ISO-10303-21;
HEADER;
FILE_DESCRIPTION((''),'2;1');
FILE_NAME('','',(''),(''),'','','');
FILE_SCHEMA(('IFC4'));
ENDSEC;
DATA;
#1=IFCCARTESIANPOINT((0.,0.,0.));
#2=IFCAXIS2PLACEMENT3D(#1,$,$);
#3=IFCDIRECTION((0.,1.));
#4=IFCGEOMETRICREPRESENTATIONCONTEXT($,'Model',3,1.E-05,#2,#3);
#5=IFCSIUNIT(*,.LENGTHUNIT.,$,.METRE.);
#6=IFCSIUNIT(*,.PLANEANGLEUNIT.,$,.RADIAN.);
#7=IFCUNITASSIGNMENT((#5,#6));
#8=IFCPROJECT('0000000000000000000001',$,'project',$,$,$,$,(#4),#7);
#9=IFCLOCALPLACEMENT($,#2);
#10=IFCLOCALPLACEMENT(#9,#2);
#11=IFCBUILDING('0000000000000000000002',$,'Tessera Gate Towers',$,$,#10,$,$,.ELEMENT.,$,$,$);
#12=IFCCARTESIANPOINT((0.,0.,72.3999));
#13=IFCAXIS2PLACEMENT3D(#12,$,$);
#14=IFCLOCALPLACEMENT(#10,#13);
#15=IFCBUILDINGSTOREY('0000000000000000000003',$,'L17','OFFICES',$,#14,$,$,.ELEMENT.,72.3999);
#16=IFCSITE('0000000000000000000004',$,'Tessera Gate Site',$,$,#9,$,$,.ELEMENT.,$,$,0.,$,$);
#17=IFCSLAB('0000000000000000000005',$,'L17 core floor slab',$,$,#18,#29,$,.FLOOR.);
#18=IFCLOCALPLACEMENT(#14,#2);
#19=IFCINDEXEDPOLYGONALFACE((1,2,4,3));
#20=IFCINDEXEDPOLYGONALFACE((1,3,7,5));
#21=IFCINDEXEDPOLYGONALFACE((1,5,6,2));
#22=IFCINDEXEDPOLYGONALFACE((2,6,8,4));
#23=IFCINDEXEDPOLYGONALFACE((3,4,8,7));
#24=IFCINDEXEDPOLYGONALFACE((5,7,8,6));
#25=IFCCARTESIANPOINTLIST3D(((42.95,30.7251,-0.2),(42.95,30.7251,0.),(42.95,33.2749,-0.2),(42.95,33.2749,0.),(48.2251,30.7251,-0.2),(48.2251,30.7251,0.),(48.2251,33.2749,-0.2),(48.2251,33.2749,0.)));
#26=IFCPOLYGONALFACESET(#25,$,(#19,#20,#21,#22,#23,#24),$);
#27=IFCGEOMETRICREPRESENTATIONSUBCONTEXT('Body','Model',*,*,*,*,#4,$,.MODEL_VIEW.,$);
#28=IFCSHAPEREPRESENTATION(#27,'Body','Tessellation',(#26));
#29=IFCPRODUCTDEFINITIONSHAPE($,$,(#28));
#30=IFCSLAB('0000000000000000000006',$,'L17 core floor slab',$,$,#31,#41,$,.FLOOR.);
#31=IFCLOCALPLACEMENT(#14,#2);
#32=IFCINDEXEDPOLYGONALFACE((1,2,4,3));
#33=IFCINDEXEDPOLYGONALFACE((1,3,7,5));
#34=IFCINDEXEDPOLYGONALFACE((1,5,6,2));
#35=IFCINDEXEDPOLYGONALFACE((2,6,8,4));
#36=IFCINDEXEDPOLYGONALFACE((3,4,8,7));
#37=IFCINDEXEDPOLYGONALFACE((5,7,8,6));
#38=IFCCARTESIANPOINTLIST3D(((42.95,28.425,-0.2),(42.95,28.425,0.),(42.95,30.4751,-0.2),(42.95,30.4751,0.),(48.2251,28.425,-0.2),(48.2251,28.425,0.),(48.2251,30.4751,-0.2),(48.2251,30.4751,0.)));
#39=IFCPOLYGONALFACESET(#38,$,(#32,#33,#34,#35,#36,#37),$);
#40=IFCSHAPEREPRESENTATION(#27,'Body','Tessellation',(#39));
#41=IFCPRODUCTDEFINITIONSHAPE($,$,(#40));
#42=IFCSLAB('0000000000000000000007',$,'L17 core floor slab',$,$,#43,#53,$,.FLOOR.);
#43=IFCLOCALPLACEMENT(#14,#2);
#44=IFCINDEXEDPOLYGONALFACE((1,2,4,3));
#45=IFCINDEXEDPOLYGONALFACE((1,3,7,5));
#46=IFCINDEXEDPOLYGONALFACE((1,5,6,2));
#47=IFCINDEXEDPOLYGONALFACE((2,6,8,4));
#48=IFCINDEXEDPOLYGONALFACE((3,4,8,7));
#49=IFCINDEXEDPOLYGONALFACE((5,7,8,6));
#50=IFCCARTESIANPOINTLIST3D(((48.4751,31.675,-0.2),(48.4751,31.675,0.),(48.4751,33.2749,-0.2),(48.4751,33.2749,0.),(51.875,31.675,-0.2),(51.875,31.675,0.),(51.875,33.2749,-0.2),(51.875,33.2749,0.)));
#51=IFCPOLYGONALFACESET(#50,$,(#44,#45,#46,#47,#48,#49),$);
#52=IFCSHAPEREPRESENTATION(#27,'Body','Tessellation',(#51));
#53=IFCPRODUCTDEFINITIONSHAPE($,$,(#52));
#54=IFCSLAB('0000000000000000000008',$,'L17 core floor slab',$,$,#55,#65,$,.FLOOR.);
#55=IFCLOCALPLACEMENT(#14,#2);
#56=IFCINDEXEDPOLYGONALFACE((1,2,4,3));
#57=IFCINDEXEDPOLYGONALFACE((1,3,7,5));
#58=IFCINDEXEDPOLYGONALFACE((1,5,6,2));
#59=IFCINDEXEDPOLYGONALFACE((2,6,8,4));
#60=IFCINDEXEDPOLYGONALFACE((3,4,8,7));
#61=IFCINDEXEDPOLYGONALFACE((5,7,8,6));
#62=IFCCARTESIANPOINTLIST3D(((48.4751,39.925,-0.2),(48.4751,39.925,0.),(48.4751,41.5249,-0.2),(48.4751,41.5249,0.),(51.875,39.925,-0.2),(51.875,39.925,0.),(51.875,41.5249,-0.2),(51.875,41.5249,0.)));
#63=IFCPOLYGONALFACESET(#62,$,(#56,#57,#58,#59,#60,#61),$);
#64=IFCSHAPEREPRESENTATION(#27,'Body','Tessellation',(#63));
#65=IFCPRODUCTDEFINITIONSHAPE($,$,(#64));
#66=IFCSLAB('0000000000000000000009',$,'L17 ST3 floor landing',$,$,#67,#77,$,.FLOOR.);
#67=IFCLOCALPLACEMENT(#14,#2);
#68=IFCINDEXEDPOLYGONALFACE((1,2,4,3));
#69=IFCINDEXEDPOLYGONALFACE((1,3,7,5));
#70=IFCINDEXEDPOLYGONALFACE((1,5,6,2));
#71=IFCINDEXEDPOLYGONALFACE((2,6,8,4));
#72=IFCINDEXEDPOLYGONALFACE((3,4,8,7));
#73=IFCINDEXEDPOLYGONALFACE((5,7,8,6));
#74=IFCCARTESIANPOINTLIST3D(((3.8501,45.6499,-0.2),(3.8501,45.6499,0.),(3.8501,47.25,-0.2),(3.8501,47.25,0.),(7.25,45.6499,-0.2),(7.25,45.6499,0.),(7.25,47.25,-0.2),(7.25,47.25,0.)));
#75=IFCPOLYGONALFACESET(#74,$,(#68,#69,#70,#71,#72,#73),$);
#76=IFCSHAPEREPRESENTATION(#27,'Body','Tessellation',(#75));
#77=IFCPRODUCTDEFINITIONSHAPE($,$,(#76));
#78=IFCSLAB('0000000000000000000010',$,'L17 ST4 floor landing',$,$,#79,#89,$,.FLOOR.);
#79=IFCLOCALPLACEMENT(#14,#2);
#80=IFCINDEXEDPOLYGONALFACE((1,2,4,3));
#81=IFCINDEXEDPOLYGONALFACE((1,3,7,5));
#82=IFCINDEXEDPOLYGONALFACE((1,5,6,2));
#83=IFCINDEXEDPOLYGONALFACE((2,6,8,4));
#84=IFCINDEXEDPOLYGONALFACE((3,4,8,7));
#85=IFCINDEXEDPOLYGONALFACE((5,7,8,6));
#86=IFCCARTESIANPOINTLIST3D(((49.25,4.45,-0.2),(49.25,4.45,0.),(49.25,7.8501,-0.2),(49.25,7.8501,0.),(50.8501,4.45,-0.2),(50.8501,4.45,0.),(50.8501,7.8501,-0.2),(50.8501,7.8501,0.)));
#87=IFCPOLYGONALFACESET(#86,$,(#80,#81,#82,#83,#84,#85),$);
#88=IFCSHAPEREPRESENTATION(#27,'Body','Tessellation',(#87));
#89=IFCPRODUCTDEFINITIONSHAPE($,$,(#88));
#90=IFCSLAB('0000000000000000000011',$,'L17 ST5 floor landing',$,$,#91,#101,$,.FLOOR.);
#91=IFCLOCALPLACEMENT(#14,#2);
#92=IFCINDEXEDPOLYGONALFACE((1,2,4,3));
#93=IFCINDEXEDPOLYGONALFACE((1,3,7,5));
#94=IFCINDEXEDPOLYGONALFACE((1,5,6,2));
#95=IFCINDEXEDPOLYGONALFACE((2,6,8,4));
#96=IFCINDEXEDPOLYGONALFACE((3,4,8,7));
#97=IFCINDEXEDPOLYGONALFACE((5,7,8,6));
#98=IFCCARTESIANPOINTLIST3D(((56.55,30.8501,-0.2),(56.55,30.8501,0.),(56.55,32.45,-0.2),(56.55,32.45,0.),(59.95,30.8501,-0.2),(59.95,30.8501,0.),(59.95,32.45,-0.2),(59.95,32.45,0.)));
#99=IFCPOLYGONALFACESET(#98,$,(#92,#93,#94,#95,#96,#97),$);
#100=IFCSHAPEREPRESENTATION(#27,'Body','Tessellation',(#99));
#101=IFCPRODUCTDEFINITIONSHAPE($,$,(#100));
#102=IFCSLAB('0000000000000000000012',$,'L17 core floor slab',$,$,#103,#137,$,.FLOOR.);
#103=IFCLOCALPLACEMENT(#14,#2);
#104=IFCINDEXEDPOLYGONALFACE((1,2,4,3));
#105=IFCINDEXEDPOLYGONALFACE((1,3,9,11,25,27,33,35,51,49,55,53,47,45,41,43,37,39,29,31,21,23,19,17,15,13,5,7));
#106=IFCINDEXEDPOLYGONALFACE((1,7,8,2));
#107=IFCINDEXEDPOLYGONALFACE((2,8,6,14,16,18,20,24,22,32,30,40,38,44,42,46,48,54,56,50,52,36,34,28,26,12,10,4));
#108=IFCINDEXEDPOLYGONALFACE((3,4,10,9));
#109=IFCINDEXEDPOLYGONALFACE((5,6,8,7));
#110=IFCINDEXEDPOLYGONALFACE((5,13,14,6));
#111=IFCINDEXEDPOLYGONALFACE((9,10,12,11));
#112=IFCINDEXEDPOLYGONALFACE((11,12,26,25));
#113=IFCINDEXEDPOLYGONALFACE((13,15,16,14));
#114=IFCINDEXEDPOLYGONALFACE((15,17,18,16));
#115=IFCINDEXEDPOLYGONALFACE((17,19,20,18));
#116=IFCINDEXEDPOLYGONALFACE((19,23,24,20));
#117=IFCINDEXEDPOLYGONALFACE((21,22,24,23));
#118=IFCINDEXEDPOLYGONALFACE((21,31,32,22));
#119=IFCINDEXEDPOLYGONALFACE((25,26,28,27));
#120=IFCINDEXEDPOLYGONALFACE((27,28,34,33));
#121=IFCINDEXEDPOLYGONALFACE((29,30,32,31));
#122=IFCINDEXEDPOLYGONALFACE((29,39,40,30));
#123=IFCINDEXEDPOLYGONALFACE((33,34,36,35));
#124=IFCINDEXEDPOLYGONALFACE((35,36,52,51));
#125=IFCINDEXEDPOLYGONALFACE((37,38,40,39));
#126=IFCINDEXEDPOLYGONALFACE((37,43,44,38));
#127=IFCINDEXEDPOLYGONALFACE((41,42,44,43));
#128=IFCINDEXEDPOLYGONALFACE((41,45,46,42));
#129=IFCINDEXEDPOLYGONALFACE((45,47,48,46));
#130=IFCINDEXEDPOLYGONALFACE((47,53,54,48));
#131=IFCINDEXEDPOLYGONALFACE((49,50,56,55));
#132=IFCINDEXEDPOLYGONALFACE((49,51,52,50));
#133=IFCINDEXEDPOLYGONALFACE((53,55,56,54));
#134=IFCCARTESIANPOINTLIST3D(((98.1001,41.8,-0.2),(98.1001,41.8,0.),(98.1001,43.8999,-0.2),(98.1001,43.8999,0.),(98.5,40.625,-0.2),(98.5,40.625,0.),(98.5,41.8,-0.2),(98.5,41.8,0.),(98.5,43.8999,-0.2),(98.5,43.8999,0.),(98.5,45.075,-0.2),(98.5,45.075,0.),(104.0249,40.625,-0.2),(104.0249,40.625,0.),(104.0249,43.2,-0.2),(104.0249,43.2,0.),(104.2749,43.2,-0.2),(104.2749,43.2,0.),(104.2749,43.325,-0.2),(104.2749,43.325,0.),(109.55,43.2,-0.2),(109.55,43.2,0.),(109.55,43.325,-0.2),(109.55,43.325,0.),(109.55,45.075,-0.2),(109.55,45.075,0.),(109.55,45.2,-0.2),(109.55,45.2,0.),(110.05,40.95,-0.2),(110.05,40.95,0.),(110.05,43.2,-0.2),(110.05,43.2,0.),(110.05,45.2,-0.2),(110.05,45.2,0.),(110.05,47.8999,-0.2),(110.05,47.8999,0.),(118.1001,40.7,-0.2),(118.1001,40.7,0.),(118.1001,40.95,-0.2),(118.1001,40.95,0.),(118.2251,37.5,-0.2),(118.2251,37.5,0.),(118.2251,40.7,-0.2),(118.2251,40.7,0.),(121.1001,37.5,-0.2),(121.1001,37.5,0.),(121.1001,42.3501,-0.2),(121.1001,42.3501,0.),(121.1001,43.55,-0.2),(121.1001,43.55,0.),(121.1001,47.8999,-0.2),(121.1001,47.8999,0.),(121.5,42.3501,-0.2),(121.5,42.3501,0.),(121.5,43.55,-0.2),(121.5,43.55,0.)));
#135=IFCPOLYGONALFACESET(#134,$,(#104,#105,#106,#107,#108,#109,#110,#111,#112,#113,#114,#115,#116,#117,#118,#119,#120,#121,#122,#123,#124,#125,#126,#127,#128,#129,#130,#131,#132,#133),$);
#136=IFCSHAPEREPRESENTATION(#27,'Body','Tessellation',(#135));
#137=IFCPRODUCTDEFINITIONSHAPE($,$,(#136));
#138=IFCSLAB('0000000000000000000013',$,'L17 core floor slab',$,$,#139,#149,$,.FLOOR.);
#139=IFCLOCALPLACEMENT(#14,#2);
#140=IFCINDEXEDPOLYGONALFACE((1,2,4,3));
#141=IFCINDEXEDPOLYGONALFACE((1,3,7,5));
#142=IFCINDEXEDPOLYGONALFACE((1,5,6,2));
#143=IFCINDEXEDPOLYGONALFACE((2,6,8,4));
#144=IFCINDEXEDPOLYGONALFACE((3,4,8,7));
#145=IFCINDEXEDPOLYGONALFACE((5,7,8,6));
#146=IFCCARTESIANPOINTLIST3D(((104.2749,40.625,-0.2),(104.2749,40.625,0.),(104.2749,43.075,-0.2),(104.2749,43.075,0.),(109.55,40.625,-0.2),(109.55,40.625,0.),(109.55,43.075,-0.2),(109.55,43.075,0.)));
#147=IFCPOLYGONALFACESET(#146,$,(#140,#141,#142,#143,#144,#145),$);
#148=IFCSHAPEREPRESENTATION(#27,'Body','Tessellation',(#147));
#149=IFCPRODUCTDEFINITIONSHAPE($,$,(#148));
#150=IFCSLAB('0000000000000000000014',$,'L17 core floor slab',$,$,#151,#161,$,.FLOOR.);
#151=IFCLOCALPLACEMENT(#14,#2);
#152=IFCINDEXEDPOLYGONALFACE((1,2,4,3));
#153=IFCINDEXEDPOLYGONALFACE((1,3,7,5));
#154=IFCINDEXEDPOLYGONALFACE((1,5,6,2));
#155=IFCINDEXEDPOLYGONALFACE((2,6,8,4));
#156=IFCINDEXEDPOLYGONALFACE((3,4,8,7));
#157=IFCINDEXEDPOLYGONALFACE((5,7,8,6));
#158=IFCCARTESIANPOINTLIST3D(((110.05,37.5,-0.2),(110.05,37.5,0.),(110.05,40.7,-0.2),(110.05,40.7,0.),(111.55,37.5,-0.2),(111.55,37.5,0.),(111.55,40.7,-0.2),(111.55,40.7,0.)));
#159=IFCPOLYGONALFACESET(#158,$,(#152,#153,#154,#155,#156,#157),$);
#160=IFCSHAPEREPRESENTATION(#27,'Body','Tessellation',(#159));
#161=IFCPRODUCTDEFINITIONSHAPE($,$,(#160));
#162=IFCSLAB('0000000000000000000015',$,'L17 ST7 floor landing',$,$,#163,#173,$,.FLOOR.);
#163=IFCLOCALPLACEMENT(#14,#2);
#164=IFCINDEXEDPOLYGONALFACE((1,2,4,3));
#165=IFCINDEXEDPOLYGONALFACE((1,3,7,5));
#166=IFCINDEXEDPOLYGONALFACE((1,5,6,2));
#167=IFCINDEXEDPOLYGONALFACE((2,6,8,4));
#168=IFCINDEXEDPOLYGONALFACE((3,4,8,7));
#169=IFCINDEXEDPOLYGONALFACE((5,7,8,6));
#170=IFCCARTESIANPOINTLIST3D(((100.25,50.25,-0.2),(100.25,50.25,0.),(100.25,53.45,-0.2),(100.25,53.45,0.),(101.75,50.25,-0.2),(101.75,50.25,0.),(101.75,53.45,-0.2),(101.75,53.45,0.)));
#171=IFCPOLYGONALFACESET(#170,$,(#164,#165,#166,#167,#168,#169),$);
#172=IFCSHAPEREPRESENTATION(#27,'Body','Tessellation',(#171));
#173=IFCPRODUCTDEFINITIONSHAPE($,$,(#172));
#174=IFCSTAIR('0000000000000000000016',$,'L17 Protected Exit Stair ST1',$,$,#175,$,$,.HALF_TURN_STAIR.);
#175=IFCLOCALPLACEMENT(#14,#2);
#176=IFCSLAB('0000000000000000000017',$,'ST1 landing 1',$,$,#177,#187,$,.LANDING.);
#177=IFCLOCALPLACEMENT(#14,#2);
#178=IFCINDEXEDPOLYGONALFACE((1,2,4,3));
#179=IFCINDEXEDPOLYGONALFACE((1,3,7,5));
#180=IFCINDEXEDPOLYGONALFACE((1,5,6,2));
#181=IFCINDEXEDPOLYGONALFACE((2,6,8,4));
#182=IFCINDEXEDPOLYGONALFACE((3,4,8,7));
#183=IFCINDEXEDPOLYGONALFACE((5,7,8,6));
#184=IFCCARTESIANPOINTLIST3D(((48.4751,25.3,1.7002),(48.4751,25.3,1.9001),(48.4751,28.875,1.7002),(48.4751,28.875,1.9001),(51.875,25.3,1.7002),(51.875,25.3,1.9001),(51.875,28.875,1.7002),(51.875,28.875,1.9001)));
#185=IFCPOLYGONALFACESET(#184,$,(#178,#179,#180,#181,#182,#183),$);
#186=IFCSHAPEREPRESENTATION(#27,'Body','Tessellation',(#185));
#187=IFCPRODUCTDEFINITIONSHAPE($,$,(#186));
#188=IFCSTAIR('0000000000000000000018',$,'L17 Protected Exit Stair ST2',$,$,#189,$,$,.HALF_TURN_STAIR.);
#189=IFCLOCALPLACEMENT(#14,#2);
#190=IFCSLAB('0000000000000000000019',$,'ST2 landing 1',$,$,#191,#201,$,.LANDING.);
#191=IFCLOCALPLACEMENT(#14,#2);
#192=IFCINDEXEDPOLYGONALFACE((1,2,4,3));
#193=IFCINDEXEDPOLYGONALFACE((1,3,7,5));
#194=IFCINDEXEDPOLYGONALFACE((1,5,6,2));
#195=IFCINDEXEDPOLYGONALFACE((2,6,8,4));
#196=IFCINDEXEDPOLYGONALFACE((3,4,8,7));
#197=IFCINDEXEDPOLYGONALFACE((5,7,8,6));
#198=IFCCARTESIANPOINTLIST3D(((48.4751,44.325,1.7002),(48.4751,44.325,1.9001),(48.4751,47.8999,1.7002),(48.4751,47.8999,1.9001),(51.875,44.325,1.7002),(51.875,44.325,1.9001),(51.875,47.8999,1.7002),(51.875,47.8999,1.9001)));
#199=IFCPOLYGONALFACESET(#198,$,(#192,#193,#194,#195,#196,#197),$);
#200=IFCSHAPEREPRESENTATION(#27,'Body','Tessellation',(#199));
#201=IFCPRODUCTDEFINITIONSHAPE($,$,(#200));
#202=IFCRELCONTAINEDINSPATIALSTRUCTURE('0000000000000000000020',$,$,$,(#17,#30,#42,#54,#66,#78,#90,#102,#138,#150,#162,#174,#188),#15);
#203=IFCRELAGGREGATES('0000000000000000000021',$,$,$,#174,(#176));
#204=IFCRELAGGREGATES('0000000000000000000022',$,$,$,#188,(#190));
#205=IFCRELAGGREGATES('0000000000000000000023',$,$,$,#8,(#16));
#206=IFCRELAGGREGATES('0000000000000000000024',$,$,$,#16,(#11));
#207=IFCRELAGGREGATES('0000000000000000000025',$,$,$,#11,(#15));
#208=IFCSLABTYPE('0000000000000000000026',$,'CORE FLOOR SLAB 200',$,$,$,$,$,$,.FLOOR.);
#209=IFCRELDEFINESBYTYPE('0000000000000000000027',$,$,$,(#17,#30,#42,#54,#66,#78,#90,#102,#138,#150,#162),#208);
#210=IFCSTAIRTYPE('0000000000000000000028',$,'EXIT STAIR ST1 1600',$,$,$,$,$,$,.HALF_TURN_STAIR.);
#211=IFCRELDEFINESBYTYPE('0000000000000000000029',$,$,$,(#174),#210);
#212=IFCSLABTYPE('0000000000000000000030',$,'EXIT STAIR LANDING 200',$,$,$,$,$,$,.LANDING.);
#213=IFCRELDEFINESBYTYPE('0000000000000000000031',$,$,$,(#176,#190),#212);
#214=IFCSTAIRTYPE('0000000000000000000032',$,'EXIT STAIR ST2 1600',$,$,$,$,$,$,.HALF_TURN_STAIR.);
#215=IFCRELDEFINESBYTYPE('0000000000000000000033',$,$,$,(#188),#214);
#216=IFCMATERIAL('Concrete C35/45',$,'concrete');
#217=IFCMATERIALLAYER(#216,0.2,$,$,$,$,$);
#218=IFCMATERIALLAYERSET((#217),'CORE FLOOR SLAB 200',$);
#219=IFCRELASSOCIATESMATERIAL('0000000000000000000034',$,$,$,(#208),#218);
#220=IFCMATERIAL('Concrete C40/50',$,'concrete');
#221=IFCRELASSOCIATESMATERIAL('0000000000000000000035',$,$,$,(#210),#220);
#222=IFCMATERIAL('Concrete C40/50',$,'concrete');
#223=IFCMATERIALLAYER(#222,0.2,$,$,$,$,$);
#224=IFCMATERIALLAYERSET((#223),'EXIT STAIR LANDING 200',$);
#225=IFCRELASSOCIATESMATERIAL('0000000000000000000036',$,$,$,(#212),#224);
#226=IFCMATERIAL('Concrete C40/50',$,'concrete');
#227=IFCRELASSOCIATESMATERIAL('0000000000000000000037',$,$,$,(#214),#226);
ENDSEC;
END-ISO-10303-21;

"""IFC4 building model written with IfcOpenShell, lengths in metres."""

from ifc_helpers import new_model, si_unit, direction, frame, origin, place, context, subcontext, project, spatial, polyline, outline, extrude, material, layer, layer_set, type_object, element, aggregate, save


model = new_model("IFC4")

# Units and contexts
model_context = context("Model", 3, precision=1e-05, world=origin(), true_north=direction((0.0, 1.0)))
body_context = subcontext(model_context, "Body", "Model", "MODEL_VIEW")
ifc_project = project(units=[si_unit("LENGTHUNIT", "METRE"), si_unit("PLANEANGLEUNIT", "RADIAN")], contexts=[model_context])

# Site, building, storey
site_placement = place(None, origin())
site = spatial("IfcSite", under=ifc_project, at=site_placement, Name="Tessera Gate Site", CompositionType="ELEMENT", RefElevation=0.0)
building_placement = place(site_placement, origin())
building = spatial("IfcBuilding", under=site, at=building_placement, Name="Tessera Gate Towers", CompositionType="ELEMENT")
storey_placement = place(building_placement, frame((0.0, 0.0, 72.3999)))
storey = spatial("IfcBuildingStorey", under=building, at=storey_placement, Name="L17", Description="OFFICES", CompositionType="ELEMENT", Elevation=72.3999)

# Slabs
ifc_material_1 = material(Name="Concrete C35/45", Category="concrete")
ifc_layer_1 = layer(ifc_material_1, 0.2)
ifc_layer_set_1 = layer_set([ifc_layer_1], Name="CORE FLOOR SLAB 200")
slab_type_1 = type_object("IfcSlabType", Name="CORE FLOOR SLAB 200", PredefinedType="FLOOR", material=ifc_layer_set_1)
slab_1_placement = place(storey_placement, frame((0.0, 0.0, -0.2)))
element("IfcSlab", 1, at=slab_1_placement, inside=storey, type_object=slab_type_1, Name="L17 core floor slab", PredefinedType="FLOOR", context=body_context, shape_type="SweptSolid", body=[
    extrude(outline(polyline([(42.95, 33.2749), (42.95, 30.7251), (48.2251, 30.7251), (48.2251, 33.2749), (42.95, 33.2749)])), origin(), (0.0, 0.0, 1.0), 0.2),
])
slab_2_placement = place(storey_placement, frame((0.0, 0.0, -0.2)))
element("IfcSlab", 2, at=slab_2_placement, inside=storey, type_object=slab_type_1, Name="L17 core floor slab", PredefinedType="FLOOR", context=body_context, shape_type="SweptSolid", body=[
    extrude(outline(polyline([(42.95, 30.4751), (42.95, 28.425), (48.2251, 28.425), (48.2251, 30.4751), (42.95, 30.4751)])), origin(), (0.0, 0.0, 1.0), 0.2),
])
slab_3_placement = place(storey_placement, frame((0.0, 0.0, -0.2)))
element("IfcSlab", 3, at=slab_3_placement, inside=storey, type_object=slab_type_1, Name="L17 core floor slab", PredefinedType="FLOOR", context=body_context, shape_type="SweptSolid", body=[
    extrude(outline(polyline([(51.875, 31.675), (51.875, 33.2749), (48.4751, 33.2749), (48.4751, 31.675), (51.875, 31.675)])), origin(), (0.0, 0.0, 1.0), 0.2),
])
slab_4_placement = place(storey_placement, frame((0.0, 0.0, -0.2)))
element("IfcSlab", 4, at=slab_4_placement, inside=storey, type_object=slab_type_1, Name="L17 core floor slab", PredefinedType="FLOOR", context=body_context, shape_type="SweptSolid", body=[
    extrude(outline(polyline([(48.4751, 41.5249), (48.4751, 39.925), (51.875, 39.925), (51.875, 41.5249), (48.4751, 41.5249)])), origin(), (0.0, 0.0, 1.0), 0.2),
])
slab_5_placement = place(storey_placement, frame((0.0, 0.0, -0.2)))
element("IfcSlab", 5, at=slab_5_placement, inside=storey, type_object=slab_type_1, Name="L17 ST3 floor landing", PredefinedType="FLOOR", context=body_context, shape_type="SweptSolid", body=[
    extrude(outline(polyline([(3.8501, 47.25), (3.8501, 45.6499), (7.25, 45.6499), (7.25, 47.25), (3.8501, 47.25)])), origin(), (0.0, 0.0, 1.0), 0.2),
])
slab_6_placement = place(storey_placement, frame((0.0, 0.0, -0.2)))
element("IfcSlab", 6, at=slab_6_placement, inside=storey, type_object=slab_type_1, Name="L17 ST4 floor landing", PredefinedType="FLOOR", context=body_context, shape_type="SweptSolid", body=[
    extrude(outline(polyline([(49.25, 4.45), (50.8501, 4.45), (50.8501, 7.8501), (49.25, 7.8501), (49.25, 4.45)])), origin(), (0.0, 0.0, 1.0), 0.2),
])
slab_7_placement = place(storey_placement, frame((0.0, 0.0, -0.2)))
element("IfcSlab", 7, at=slab_7_placement, inside=storey, type_object=slab_type_1, Name="L17 ST5 floor landing", PredefinedType="FLOOR", context=body_context, shape_type="SweptSolid", body=[
    extrude(outline(polyline([(59.95, 30.8501), (59.95, 32.45), (56.55, 32.45), (56.55, 30.8501), (59.95, 30.8501)])), origin(), (0.0, 0.0, 1.0), 0.2),
])
slab_8_placement = place(storey_placement, frame((0.0, 0.0, -0.2)))
element("IfcSlab", 8, at=slab_8_placement, inside=storey, type_object=slab_type_1, Name="L17 core floor slab", PredefinedType="FLOOR", context=body_context, shape_type="SweptSolid", body=[
    extrude(outline(polyline([(109.55, 45.2), (109.55, 45.075), (98.5, 45.075), (98.5, 43.8999), (98.1001, 43.8999), (98.1001, 41.8), (98.5, 41.8), (98.5, 40.625), (104.0249, 40.625), (104.0249, 43.2), (104.2749, 43.2), (104.2749, 43.325), (109.55, 43.325), (109.55, 43.2), (110.05, 43.2), (110.05, 40.95), (118.1001, 40.95), (118.1001, 40.7), (118.2251, 40.7), (118.2251, 37.5), (121.1001, 37.5), (121.1001, 42.3501), (121.5, 42.3501), (121.5, 43.55), (121.1001, 43.55), (121.1001, 47.8999), (110.05, 47.8999), (110.05, 45.2), (109.55, 45.2)])), origin(), (0.0, 0.0, 1.0), 0.2),
])
slab_9_placement = place(storey_placement, frame((0.0, 0.0, -0.2)))
element("IfcSlab", 9, at=slab_9_placement, inside=storey, type_object=slab_type_1, Name="L17 core floor slab", PredefinedType="FLOOR", context=body_context, shape_type="SweptSolid", body=[
    extrude(outline(polyline([(109.55, 43.075), (104.2749, 43.075), (104.2749, 40.625), (109.55, 40.625), (109.55, 43.075)])), origin(), (0.0, 0.0, 1.0), 0.2),
])
slab_10_placement = place(storey_placement, frame((0.0, 0.0, -0.2)))
element("IfcSlab", 10, at=slab_10_placement, inside=storey, type_object=slab_type_1, Name="L17 core floor slab", PredefinedType="FLOOR", context=body_context, shape_type="SweptSolid", body=[
    extrude(outline(polyline([(111.55, 37.5), (111.55, 40.7), (110.05, 40.7), (110.05, 37.5), (111.55, 37.5)])), origin(), (0.0, 0.0, 1.0), 0.2),
])
slab_11_placement = place(storey_placement, frame((0.0, 0.0, -0.2)))
element("IfcSlab", 11, at=slab_11_placement, inside=storey, type_object=slab_type_1, Name="L17 ST7 floor landing", PredefinedType="FLOOR", context=body_context, shape_type="SweptSolid", body=[
    extrude(outline(polyline([(100.25, 50.25), (101.75, 50.25), (101.75, 53.45), (100.25, 53.45), (100.25, 50.25)])), origin(), (0.0, 0.0, 1.0), 0.2),
])

# Stairs, slabs
ifc_material_2 = material(Name="Concrete C40/50", Category="concrete")
stair_type_1 = type_object("IfcStairType", Name="EXIT STAIR ST1 1600", PredefinedType="HALF_TURN_STAIR", material=ifc_material_2)
stair_1_placement = place(storey_placement, origin())
stair_1 = element("IfcStair", 12, at=stair_1_placement, inside=storey, type_object=stair_type_1, Name="L17 Protected Exit Stair ST1", PredefinedType="HALF_TURN_STAIR")
ifc_material_3 = material(Name="Concrete C40/50", Category="concrete")
ifc_layer_2 = layer(ifc_material_3, 0.2)
ifc_layer_set_2 = layer_set([ifc_layer_2], Name="EXIT STAIR LANDING 200")
slab_type_2 = type_object("IfcSlabType", Name="EXIT STAIR LANDING 200", PredefinedType="LANDING", material=ifc_layer_set_2)
slab_12_placement = place(storey_placement, frame((0.0, 0.0, 1.7002)))
slab_12 = element("IfcSlab", 13, at=slab_12_placement, type_object=slab_type_2, Name="ST1 landing 1", PredefinedType="LANDING", context=body_context, shape_type="SweptSolid", body=[
    extrude(outline(polyline([(48.4751, 28.875), (48.4751, 25.3), (51.875, 25.3), (51.875, 28.875), (48.4751, 28.875)])), origin(), (0.0, 0.0, 1.0), 0.2),
])
aggregate(stair_1, [slab_12])
ifc_material_4 = material(Name="Concrete C40/50", Category="concrete")
stair_type_2 = type_object("IfcStairType", Name="EXIT STAIR ST2 1600", PredefinedType="HALF_TURN_STAIR", material=ifc_material_4)
stair_2_placement = place(storey_placement, origin())
stair_2 = element("IfcStair", 14, at=stair_2_placement, inside=storey, type_object=stair_type_2, Name="L17 Protected Exit Stair ST2", PredefinedType="HALF_TURN_STAIR")
slab_13_placement = place(storey_placement, frame((0.0, 0.0, 1.7002)))
slab_13 = element("IfcSlab", 15, at=slab_13_placement, type_object=slab_type_2, Name="ST2 landing 1", PredefinedType="LANDING", context=body_context, shape_type="SweptSolid", body=[
    extrude(outline(polyline([(51.875, 44.325), (51.875, 47.8999), (48.4751, 47.8999), (48.4751, 44.325), (51.875, 44.325)])), origin(), (0.0, 0.0, 1.0), 0.2),
])
aggregate(stair_2, [slab_13])

save(model, "model.ifc")
